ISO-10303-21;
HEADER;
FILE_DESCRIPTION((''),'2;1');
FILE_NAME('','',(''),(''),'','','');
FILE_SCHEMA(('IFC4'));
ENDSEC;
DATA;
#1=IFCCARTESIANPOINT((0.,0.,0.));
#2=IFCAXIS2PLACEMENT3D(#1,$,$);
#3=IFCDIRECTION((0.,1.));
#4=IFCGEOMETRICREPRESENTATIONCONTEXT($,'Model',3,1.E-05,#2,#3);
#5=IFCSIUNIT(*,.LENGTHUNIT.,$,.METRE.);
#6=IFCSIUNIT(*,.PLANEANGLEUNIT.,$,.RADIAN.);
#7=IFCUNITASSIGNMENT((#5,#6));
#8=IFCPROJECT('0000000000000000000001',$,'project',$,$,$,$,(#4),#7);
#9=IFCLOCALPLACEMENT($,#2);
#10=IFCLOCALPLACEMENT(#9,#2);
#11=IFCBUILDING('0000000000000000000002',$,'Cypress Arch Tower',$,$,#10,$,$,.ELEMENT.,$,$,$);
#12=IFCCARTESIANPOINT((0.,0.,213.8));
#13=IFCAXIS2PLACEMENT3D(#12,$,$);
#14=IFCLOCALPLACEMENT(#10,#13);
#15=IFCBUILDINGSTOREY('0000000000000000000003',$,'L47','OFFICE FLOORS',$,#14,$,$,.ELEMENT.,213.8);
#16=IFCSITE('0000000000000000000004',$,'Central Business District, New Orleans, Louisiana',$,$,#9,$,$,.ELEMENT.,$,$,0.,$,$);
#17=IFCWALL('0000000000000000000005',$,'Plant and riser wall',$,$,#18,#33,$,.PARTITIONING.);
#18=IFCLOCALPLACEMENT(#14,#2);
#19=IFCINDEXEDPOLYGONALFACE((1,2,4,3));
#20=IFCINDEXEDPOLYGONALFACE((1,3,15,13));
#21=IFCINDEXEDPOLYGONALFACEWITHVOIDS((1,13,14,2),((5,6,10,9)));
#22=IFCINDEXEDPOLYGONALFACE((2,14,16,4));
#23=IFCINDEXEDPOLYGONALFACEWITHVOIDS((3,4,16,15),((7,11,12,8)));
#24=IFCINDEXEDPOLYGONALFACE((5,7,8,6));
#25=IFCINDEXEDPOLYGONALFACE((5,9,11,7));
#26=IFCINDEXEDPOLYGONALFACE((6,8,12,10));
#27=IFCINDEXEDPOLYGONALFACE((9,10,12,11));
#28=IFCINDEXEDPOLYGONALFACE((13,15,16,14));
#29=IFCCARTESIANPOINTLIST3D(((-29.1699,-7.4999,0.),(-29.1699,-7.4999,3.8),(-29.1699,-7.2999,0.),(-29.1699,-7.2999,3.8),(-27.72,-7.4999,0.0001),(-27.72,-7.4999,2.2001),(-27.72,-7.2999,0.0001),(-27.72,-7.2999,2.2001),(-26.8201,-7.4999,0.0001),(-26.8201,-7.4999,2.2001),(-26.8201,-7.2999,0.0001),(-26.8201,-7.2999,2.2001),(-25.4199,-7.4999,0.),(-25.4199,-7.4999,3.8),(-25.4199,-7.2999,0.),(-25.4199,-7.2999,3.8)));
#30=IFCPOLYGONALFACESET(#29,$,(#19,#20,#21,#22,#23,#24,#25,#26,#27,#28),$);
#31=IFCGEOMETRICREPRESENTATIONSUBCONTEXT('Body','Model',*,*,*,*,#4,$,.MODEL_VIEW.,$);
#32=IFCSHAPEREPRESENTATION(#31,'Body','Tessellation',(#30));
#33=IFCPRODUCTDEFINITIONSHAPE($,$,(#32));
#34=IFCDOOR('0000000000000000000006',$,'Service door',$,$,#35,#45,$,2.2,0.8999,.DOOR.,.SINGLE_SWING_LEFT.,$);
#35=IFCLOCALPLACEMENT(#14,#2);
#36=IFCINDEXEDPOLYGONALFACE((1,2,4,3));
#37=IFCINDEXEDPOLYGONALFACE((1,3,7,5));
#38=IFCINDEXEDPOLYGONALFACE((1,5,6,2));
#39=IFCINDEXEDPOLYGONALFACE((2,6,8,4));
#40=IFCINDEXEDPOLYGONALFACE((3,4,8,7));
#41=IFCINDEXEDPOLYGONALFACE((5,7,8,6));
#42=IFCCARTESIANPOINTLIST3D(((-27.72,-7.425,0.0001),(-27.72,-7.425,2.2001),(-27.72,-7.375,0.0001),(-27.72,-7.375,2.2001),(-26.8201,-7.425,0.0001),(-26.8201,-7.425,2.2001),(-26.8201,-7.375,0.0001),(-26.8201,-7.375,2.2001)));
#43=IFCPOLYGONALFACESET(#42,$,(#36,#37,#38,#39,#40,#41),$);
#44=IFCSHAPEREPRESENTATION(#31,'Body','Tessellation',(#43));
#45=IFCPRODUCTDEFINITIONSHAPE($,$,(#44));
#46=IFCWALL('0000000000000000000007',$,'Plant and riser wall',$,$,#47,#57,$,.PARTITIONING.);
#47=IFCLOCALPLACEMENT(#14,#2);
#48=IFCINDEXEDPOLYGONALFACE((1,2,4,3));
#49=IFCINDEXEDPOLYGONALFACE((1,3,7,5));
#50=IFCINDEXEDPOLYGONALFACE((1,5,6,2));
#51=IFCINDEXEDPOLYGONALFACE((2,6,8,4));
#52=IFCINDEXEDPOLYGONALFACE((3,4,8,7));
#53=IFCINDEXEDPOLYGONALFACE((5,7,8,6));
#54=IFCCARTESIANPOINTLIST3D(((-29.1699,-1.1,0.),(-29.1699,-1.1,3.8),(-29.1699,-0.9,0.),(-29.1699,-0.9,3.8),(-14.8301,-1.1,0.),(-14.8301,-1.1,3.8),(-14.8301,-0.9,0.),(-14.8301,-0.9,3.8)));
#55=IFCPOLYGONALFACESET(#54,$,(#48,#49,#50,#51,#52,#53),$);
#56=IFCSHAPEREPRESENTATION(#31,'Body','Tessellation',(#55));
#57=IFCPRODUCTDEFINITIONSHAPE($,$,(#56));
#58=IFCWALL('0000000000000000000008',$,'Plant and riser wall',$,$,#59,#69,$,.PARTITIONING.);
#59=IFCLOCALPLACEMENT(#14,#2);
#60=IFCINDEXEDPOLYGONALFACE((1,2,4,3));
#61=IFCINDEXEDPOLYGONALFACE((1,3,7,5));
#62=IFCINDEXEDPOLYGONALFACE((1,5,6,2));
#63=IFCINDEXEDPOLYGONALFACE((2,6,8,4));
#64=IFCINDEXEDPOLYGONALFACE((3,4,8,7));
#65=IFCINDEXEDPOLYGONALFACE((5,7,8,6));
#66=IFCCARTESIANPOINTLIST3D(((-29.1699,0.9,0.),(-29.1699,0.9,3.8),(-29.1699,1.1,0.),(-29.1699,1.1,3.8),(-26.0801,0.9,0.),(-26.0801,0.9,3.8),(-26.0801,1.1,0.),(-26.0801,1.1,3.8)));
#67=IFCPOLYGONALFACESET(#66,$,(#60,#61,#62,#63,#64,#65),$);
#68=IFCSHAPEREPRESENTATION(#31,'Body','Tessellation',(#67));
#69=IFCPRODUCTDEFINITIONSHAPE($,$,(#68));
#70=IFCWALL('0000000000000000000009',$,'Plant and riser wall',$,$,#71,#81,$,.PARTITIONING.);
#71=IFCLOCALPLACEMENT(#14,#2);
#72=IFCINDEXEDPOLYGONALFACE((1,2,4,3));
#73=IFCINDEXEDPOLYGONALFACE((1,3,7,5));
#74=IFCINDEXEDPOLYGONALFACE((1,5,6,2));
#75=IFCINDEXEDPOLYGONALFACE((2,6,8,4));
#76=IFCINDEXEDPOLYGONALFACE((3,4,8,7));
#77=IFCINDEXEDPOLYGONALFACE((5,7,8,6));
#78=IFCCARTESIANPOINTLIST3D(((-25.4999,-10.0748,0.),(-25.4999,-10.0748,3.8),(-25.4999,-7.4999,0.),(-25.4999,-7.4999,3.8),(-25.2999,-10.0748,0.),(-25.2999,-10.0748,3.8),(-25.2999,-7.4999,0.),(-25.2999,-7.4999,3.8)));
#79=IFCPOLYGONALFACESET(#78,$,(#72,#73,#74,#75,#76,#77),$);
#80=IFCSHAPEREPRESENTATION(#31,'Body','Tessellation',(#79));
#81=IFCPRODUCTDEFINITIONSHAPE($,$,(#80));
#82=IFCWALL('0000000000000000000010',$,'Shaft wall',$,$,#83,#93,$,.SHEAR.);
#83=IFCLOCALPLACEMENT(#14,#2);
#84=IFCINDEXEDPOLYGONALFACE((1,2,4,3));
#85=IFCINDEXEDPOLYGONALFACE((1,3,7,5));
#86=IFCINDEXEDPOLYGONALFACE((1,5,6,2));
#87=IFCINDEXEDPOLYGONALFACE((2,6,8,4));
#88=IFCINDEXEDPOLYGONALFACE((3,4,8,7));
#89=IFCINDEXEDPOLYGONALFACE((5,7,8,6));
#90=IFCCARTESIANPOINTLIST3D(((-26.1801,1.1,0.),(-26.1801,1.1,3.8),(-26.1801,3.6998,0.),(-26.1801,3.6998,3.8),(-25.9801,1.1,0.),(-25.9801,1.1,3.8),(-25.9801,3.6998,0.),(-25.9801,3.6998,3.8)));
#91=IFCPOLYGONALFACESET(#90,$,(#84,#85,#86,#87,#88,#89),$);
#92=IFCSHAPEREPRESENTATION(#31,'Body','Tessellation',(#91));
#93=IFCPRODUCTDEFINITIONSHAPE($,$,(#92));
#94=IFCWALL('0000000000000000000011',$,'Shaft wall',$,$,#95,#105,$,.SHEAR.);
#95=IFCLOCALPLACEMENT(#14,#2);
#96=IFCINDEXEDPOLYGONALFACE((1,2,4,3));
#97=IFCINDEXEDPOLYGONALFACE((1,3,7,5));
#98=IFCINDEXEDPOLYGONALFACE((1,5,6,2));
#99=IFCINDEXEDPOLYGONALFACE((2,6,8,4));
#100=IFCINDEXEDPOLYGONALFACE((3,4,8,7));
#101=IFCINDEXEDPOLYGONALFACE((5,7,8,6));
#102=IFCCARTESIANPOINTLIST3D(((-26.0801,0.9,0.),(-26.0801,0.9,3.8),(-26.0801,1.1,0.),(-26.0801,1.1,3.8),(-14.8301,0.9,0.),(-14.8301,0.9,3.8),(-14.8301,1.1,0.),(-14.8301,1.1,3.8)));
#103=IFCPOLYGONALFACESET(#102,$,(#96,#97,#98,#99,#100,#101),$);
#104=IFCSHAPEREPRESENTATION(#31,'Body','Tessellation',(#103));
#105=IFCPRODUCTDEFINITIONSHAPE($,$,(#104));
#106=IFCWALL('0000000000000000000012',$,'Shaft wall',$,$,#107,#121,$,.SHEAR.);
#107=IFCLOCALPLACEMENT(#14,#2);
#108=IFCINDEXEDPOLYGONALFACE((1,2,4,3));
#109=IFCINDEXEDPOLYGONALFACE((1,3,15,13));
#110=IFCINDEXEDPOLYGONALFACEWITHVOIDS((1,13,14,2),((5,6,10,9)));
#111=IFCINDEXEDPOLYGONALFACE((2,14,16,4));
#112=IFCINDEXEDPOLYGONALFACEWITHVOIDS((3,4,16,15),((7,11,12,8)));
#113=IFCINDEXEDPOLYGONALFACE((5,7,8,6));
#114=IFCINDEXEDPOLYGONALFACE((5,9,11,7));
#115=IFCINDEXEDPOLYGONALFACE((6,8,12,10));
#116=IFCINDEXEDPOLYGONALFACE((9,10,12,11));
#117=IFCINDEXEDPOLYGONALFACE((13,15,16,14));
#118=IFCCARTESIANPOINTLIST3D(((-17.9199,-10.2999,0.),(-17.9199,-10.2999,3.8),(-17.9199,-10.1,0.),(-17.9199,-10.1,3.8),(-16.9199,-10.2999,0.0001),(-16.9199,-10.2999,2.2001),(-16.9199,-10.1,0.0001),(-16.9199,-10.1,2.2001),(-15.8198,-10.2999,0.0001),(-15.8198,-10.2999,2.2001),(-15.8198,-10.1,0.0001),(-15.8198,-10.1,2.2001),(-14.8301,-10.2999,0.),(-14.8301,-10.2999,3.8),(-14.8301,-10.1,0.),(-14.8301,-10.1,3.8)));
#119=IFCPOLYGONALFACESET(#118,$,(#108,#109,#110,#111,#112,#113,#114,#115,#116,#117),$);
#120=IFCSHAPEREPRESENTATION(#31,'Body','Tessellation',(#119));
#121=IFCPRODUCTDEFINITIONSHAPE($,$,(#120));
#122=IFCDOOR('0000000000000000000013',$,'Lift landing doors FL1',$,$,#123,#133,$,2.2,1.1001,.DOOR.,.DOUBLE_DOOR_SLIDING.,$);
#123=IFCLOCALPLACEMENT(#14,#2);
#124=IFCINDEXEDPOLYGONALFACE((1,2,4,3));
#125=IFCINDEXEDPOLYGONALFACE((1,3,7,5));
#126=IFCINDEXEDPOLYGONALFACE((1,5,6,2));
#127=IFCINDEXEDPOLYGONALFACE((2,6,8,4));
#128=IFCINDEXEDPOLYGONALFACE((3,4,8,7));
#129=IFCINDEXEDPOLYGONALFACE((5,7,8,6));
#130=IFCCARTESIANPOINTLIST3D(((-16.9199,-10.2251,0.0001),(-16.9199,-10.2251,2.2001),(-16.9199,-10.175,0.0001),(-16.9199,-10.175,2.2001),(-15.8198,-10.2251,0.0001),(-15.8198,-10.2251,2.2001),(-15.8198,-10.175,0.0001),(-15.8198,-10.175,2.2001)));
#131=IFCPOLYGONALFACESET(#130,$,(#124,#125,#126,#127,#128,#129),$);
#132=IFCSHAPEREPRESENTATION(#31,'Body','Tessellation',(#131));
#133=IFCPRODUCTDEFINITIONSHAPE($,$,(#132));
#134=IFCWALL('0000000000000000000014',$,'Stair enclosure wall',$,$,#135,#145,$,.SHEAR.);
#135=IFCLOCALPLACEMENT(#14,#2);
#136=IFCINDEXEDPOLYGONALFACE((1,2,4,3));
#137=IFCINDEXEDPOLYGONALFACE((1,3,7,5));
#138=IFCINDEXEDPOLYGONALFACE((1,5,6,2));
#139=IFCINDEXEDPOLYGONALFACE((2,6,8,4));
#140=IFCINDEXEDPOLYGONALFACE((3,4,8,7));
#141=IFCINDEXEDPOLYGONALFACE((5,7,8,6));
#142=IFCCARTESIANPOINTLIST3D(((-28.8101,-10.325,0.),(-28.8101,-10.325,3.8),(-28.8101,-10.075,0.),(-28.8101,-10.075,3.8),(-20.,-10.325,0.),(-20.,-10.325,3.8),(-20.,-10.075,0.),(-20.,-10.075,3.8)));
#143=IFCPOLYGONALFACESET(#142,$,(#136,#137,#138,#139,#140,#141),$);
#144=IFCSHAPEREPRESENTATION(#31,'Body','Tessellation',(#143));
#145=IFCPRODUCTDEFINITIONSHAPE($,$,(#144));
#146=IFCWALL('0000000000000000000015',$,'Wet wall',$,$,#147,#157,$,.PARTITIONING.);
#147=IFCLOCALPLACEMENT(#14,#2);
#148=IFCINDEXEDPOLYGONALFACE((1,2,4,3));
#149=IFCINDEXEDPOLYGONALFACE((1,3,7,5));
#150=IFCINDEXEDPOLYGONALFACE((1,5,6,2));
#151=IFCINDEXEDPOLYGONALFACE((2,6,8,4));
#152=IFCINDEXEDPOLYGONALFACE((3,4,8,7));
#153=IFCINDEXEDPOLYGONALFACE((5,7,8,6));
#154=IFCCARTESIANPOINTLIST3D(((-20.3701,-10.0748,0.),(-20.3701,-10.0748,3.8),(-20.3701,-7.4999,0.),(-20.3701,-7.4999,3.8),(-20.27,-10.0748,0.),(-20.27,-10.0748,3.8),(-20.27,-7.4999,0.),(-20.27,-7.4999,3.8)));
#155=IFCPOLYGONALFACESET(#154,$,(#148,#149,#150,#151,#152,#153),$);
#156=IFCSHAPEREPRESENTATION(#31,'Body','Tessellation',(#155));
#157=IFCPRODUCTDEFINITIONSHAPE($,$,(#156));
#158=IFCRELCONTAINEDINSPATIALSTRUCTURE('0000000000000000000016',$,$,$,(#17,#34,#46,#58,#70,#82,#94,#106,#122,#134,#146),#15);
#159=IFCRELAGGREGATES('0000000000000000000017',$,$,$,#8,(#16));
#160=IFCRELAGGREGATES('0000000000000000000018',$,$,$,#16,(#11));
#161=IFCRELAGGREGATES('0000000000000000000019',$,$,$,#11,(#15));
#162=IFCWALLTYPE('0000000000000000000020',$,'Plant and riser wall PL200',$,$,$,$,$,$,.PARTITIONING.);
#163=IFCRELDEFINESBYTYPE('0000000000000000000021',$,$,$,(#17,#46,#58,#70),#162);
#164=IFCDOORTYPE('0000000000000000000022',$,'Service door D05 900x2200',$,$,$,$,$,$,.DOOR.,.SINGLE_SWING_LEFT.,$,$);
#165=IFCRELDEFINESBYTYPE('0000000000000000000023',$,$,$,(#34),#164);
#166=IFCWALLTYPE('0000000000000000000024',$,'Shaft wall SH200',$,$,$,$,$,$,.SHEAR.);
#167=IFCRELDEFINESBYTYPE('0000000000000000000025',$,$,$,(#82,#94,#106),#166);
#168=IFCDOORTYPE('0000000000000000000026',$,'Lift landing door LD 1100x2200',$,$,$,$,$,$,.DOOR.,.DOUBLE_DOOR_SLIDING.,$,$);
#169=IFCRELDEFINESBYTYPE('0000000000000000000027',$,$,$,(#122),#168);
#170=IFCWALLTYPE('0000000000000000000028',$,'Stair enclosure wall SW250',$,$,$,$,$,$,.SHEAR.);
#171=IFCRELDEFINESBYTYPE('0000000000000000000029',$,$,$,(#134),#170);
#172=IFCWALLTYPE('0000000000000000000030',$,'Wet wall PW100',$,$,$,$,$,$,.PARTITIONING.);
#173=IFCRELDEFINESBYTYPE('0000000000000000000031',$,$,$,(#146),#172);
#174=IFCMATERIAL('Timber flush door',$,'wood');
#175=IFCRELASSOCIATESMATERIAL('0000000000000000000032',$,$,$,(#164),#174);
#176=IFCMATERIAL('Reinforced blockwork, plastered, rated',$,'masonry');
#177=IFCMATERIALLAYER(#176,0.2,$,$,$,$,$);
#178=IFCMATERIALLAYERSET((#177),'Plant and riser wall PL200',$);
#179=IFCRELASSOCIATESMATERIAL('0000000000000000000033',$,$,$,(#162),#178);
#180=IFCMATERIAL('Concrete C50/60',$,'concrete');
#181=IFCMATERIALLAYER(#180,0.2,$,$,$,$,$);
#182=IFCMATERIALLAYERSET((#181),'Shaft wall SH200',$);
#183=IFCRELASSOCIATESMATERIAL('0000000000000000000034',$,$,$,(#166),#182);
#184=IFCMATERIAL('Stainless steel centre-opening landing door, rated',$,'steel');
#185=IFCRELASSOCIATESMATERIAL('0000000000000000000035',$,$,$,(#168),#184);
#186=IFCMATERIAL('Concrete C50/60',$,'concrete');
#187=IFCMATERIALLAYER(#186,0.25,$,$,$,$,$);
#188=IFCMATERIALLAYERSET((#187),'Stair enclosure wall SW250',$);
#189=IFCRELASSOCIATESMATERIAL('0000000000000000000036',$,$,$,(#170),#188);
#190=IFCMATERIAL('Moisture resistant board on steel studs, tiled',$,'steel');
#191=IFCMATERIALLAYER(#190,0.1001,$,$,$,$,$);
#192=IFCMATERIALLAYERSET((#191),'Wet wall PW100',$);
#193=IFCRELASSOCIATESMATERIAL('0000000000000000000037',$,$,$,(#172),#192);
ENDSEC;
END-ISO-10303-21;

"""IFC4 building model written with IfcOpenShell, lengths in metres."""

from ifc_helpers import new_model, si_unit, direction, frame, frame_2d, origin, place, context, subcontext, project, spatial, rectangle, extrude, material, layer, layer_set, type_object, element, fill, save


model = new_model("IFC4")

# Units and contexts
model_context = context("Model", 3, precision=1e-05, world=origin(), true_north=direction((0.0, 1.0)))
body_context = subcontext(model_context, "Body", "Model", "MODEL_VIEW")
ifc_project = project(units=[si_unit("LENGTHUNIT", "METRE"), si_unit("PLANEANGLEUNIT", "RADIAN")], contexts=[model_context])

# Site, building, storey
site_placement = place(None, origin())
site = spatial("IfcSite", under=ifc_project, at=site_placement, Name="Central Business District, New Orleans, Louisiana", CompositionType="ELEMENT", RefElevation=0.0)
building_placement = place(site_placement, origin())
building = spatial("IfcBuilding", under=site, at=building_placement, Name="Cypress Arch Tower", CompositionType="ELEMENT")
storey_placement = place(building_placement, frame((0.0, 0.0, 213.8)))
storey = spatial("IfcBuildingStorey", under=building, at=storey_placement, Name="L47", Description="OFFICE FLOORS", CompositionType="ELEMENT", Elevation=213.8)

# Shared definitions
ifc_material_1 = material(Name="Timber flush door", Category="wood")
door_type_1 = type_object("IfcDoorType", Name="Service door D05 900x2200", OperationType="SINGLE_SWING_LEFT", PredefinedType="DOOR", material=ifc_material_1)

# Wall, opening, door
ifc_material_2 = material(Name="Reinforced blockwork, plastered, rated", Category="masonry")
ifc_layer_1 = layer(ifc_material_2, 0.2)
ifc_layer_set_1 = layer_set([ifc_layer_1], Name="Plant and riser wall PL200")
wall_type_1 = type_object("IfcWallType", Name="Plant and riser wall PL200", PredefinedType="PARTITIONING", material=ifc_layer_set_1)
wall_1_placement = place(storey_placement, frame((-29.1699, -7.3999, 0.0), z_axis=(0.0, 0.0, 1.0), x_axis=(1.0, 0.0, 0.0)))
wall_1 = element("IfcWall", 1, at=wall_1_placement, inside=storey, type_object=wall_type_1, Name="Plant and riser wall", PredefinedType="PARTITIONING", context=body_context, shape_type="SweptSolid", body=[
    extrude(rectangle(XDim=3.75, YDim=0.2, at=frame_2d((1.875, 0.0))), origin(), (0.0, 0.0, 1.0), 3.8),
])
opening_1_placement = place(wall_1_placement, frame((1.45, 0.0, 0.0)))
opening_1 = element("IfcOpeningElement", 2, at=opening_1_placement, cuts=wall_1, PredefinedType="OPENING", context=body_context, shape_type="SweptSolid", body=[
    extrude(rectangle(XDim=0.8999, YDim=2.2, at=frame_2d((0.45, 1.1001))), frame((0.0, 0.1099, 0.0), z_axis=(0.0, -1.0, 0.0), x_axis=(1.0, 0.0, 0.0)), (0.0, 0.0, 1.0), 0.22),
])
door_1_placement = place(opening_1_placement, origin())
door_1 = element("IfcDoor", 3, at=door_1_placement, inside=storey, type_object=door_type_1, Name="Service door", OperationType="SINGLE_SWING_LEFT", OverallHeight=2.2, OverallWidth=0.8999, PredefinedType="DOOR", context=body_context, shape_type="SweptSolid", body=[
    extrude(rectangle(XDim=0.8999, YDim=2.2, at=frame_2d((0.45, 1.1001))), frame((0.0, 0.0249, 0.0), z_axis=(0.0, -1.0, 0.0), x_axis=(1.0, 0.0, 0.0)), (0.0, 0.0, 1.0), 0.05),
])
fill(opening_1, door_1)

# Walls
wall_2_placement = place(storey_placement, frame((-29.1699, -1.0, 0.0), z_axis=(0.0, 0.0, 1.0), x_axis=(1.0, 0.0, 0.0)))
element("IfcWall", 4, at=wall_2_placement, inside=storey, type_object=wall_type_1, Name="Plant and riser wall", PredefinedType="PARTITIONING", context=body_context, shape_type="SweptSolid", body=[
    extrude(rectangle(XDim=14.3398, YDim=0.2, at=frame_2d((7.1699, 0.0))), origin(), (0.0, 0.0, 1.0), 3.8),
])
wall_3_placement = place(storey_placement, frame((-29.1699, 1.0, 0.0), z_axis=(0.0, 0.0, 1.0), x_axis=(1.0, 0.0, 0.0)))
element("IfcWall", 5, at=wall_3_placement, inside=storey, type_object=wall_type_1, Name="Plant and riser wall", PredefinedType="PARTITIONING", context=body_context, shape_type="SweptSolid", body=[
    extrude(rectangle(XDim=3.0898, YDim=0.2, at=frame_2d((1.5449, 0.0))), origin(), (0.0, 0.0, 1.0), 3.8),
])
wall_4_placement = place(storey_placement, frame((-25.3999, -10.075, 0.0), z_axis=(0.0, 0.0, 1.0), x_axis=(0.0, 1.0, 0.0)))
element("IfcWall", 6, at=wall_4_placement, inside=storey, type_object=wall_type_1, Name="Plant and riser wall", PredefinedType="PARTITIONING", context=body_context, shape_type="SweptSolid", body=[
    extrude(rectangle(XDim=2.575, YDim=0.2, at=frame_2d((1.2876, 0.0))), origin(), (0.0, 0.0, 1.0), 3.8),
])
ifc_material_3 = material(Name="Concrete C50/60", Category="concrete")
ifc_layer_2 = layer(ifc_material_3, 0.2)
ifc_layer_set_2 = layer_set([ifc_layer_2], Name="Shaft wall SH200")
wall_type_2 = type_object("IfcWallType", Name="Shaft wall SH200", PredefinedType="SHEAR", material=ifc_layer_set_2)
wall_5_placement = place(storey_placement, frame((-26.0801, 1.1001, 0.0), z_axis=(0.0, 0.0, 1.0), x_axis=(0.0, 1.0, 0.0)))
element("IfcWall", 7, at=wall_5_placement, inside=storey, type_object=wall_type_2, Name="Shaft wall", PredefinedType="SHEAR", context=body_context, shape_type="SweptSolid", body=[
    extrude(rectangle(XDim=2.5999, YDim=0.2, at=frame_2d((1.2998, 0.0))), origin(), (0.0, 0.0, 1.0), 3.8),
])
wall_6_placement = place(storey_placement, frame((-26.0801, 1.0, 0.0), z_axis=(0.0, 0.0, 1.0), x_axis=(1.0, 0.0, 0.0)))
element("IfcWall", 8, at=wall_6_placement, inside=storey, type_object=wall_type_2, Name="Shaft wall", PredefinedType="SHEAR", context=body_context, shape_type="SweptSolid", body=[
    extrude(rectangle(XDim=11.25, YDim=0.2, at=frame_2d((5.625, 0.0))), origin(), (0.0, 0.0, 1.0), 3.8),
])

# Wall, opening, door
wall_7_placement = place(storey_placement, frame((-17.9199, -10.2, 0.0), z_axis=(0.0, 0.0, 1.0), x_axis=(1.0, 0.0, 0.0)))
wall_7 = element("IfcWall", 9, at=wall_7_placement, inside=storey, type_object=wall_type_2, Name="Shaft wall", PredefinedType="SHEAR", context=body_context, shape_type="SweptSolid", body=[
    extrude(rectangle(XDim=3.0898, YDim=0.2, at=frame_2d((1.5449, 0.0))), origin(), (0.0, 0.0, 1.0), 3.8),
])
opening_2_placement = place(wall_7_placement, frame((1.0, 0.0, 0.0)))
opening_2 = element("IfcOpeningElement", 10, at=opening_2_placement, cuts=wall_7, PredefinedType="OPENING", context=body_context, shape_type="SweptSolid", body=[
    extrude(rectangle(XDim=1.1001, YDim=2.2, at=frame_2d((0.55, 1.1001))), frame((0.0, 0.1099, 0.0), z_axis=(0.0, -1.0, 0.0), x_axis=(1.0, 0.0, 0.0)), (0.0, 0.0, 1.0), 0.22),
])
ifc_material_4 = material(Name="Stainless steel centre-opening landing door, rated", Category="steel")
door_type_2 = type_object("IfcDoorType", Name="Lift landing door LD 1100x2200", OperationType="DOUBLE_DOOR_SLIDING", PredefinedType="DOOR", material=ifc_material_4)
door_2_placement = place(opening_2_placement, origin())
door_2 = element("IfcDoor", 11, at=door_2_placement, inside=storey, type_object=door_type_2, Name="Lift landing doors FL1", OperationType="DOUBLE_DOOR_SLIDING", OverallHeight=2.2, OverallWidth=1.1001, PredefinedType="DOOR", context=body_context, shape_type="SweptSolid", body=[
    extrude(rectangle(XDim=1.1001, YDim=2.2, at=frame_2d((0.55, 1.1001))), frame((0.0, 0.0249, 0.0), z_axis=(0.0, -1.0, 0.0), x_axis=(1.0, 0.0, 0.0)), (0.0, 0.0, 1.0), 0.05),
])
fill(opening_2, door_2)

# Walls
ifc_material_5 = material(Name="Concrete C50/60", Category="concrete")
ifc_layer_3 = layer(ifc_material_5, 0.25)
ifc_layer_set_3 = layer_set([ifc_layer_3], Name="Stair enclosure wall SW250")
wall_type_3 = type_object("IfcWallType", Name="Stair enclosure wall SW250", PredefinedType="SHEAR", material=ifc_layer_set_3)
wall_8_placement = place(storey_placement, frame((-28.8101, -10.2, 0.0), z_axis=(0.0, 0.0, 1.0), x_axis=(1.0, 0.0, 0.0)))
element("IfcWall", 12, at=wall_8_placement, inside=storey, type_object=wall_type_3, Name="Stair enclosure wall", PredefinedType="SHEAR", context=body_context, shape_type="SweptSolid", body=[
    extrude(rectangle(XDim=8.8101, YDim=0.25, at=frame_2d((4.405, 0.0))), origin(), (0.0, 0.0, 1.0), 3.8),
])
ifc_material_6 = material(Name="Moisture resistant board on steel studs, tiled", Category="steel")
ifc_layer_4 = layer(ifc_material_6, 0.1001)
ifc_layer_set_4 = layer_set([ifc_layer_4], Name="Wet wall PW100")
wall_type_4 = type_object("IfcWallType", Name="Wet wall PW100", PredefinedType="PARTITIONING", material=ifc_layer_set_4)
wall_9_placement = place(storey_placement, frame((-20.3201, -10.075, 0.0), z_axis=(0.0, 0.0, 1.0), x_axis=(0.0, 1.0, 0.0)))
element("IfcWall", 13, at=wall_9_placement, inside=storey, type_object=wall_type_4, Name="Wet wall", PredefinedType="PARTITIONING", context=body_context, shape_type="SweptSolid", body=[
    extrude(rectangle(XDim=2.575, YDim=0.1001, at=frame_2d((1.2876, 0.0))), origin(), (0.0, 0.0, 1.0), 3.8),
])

save(model, "model.ifc")
